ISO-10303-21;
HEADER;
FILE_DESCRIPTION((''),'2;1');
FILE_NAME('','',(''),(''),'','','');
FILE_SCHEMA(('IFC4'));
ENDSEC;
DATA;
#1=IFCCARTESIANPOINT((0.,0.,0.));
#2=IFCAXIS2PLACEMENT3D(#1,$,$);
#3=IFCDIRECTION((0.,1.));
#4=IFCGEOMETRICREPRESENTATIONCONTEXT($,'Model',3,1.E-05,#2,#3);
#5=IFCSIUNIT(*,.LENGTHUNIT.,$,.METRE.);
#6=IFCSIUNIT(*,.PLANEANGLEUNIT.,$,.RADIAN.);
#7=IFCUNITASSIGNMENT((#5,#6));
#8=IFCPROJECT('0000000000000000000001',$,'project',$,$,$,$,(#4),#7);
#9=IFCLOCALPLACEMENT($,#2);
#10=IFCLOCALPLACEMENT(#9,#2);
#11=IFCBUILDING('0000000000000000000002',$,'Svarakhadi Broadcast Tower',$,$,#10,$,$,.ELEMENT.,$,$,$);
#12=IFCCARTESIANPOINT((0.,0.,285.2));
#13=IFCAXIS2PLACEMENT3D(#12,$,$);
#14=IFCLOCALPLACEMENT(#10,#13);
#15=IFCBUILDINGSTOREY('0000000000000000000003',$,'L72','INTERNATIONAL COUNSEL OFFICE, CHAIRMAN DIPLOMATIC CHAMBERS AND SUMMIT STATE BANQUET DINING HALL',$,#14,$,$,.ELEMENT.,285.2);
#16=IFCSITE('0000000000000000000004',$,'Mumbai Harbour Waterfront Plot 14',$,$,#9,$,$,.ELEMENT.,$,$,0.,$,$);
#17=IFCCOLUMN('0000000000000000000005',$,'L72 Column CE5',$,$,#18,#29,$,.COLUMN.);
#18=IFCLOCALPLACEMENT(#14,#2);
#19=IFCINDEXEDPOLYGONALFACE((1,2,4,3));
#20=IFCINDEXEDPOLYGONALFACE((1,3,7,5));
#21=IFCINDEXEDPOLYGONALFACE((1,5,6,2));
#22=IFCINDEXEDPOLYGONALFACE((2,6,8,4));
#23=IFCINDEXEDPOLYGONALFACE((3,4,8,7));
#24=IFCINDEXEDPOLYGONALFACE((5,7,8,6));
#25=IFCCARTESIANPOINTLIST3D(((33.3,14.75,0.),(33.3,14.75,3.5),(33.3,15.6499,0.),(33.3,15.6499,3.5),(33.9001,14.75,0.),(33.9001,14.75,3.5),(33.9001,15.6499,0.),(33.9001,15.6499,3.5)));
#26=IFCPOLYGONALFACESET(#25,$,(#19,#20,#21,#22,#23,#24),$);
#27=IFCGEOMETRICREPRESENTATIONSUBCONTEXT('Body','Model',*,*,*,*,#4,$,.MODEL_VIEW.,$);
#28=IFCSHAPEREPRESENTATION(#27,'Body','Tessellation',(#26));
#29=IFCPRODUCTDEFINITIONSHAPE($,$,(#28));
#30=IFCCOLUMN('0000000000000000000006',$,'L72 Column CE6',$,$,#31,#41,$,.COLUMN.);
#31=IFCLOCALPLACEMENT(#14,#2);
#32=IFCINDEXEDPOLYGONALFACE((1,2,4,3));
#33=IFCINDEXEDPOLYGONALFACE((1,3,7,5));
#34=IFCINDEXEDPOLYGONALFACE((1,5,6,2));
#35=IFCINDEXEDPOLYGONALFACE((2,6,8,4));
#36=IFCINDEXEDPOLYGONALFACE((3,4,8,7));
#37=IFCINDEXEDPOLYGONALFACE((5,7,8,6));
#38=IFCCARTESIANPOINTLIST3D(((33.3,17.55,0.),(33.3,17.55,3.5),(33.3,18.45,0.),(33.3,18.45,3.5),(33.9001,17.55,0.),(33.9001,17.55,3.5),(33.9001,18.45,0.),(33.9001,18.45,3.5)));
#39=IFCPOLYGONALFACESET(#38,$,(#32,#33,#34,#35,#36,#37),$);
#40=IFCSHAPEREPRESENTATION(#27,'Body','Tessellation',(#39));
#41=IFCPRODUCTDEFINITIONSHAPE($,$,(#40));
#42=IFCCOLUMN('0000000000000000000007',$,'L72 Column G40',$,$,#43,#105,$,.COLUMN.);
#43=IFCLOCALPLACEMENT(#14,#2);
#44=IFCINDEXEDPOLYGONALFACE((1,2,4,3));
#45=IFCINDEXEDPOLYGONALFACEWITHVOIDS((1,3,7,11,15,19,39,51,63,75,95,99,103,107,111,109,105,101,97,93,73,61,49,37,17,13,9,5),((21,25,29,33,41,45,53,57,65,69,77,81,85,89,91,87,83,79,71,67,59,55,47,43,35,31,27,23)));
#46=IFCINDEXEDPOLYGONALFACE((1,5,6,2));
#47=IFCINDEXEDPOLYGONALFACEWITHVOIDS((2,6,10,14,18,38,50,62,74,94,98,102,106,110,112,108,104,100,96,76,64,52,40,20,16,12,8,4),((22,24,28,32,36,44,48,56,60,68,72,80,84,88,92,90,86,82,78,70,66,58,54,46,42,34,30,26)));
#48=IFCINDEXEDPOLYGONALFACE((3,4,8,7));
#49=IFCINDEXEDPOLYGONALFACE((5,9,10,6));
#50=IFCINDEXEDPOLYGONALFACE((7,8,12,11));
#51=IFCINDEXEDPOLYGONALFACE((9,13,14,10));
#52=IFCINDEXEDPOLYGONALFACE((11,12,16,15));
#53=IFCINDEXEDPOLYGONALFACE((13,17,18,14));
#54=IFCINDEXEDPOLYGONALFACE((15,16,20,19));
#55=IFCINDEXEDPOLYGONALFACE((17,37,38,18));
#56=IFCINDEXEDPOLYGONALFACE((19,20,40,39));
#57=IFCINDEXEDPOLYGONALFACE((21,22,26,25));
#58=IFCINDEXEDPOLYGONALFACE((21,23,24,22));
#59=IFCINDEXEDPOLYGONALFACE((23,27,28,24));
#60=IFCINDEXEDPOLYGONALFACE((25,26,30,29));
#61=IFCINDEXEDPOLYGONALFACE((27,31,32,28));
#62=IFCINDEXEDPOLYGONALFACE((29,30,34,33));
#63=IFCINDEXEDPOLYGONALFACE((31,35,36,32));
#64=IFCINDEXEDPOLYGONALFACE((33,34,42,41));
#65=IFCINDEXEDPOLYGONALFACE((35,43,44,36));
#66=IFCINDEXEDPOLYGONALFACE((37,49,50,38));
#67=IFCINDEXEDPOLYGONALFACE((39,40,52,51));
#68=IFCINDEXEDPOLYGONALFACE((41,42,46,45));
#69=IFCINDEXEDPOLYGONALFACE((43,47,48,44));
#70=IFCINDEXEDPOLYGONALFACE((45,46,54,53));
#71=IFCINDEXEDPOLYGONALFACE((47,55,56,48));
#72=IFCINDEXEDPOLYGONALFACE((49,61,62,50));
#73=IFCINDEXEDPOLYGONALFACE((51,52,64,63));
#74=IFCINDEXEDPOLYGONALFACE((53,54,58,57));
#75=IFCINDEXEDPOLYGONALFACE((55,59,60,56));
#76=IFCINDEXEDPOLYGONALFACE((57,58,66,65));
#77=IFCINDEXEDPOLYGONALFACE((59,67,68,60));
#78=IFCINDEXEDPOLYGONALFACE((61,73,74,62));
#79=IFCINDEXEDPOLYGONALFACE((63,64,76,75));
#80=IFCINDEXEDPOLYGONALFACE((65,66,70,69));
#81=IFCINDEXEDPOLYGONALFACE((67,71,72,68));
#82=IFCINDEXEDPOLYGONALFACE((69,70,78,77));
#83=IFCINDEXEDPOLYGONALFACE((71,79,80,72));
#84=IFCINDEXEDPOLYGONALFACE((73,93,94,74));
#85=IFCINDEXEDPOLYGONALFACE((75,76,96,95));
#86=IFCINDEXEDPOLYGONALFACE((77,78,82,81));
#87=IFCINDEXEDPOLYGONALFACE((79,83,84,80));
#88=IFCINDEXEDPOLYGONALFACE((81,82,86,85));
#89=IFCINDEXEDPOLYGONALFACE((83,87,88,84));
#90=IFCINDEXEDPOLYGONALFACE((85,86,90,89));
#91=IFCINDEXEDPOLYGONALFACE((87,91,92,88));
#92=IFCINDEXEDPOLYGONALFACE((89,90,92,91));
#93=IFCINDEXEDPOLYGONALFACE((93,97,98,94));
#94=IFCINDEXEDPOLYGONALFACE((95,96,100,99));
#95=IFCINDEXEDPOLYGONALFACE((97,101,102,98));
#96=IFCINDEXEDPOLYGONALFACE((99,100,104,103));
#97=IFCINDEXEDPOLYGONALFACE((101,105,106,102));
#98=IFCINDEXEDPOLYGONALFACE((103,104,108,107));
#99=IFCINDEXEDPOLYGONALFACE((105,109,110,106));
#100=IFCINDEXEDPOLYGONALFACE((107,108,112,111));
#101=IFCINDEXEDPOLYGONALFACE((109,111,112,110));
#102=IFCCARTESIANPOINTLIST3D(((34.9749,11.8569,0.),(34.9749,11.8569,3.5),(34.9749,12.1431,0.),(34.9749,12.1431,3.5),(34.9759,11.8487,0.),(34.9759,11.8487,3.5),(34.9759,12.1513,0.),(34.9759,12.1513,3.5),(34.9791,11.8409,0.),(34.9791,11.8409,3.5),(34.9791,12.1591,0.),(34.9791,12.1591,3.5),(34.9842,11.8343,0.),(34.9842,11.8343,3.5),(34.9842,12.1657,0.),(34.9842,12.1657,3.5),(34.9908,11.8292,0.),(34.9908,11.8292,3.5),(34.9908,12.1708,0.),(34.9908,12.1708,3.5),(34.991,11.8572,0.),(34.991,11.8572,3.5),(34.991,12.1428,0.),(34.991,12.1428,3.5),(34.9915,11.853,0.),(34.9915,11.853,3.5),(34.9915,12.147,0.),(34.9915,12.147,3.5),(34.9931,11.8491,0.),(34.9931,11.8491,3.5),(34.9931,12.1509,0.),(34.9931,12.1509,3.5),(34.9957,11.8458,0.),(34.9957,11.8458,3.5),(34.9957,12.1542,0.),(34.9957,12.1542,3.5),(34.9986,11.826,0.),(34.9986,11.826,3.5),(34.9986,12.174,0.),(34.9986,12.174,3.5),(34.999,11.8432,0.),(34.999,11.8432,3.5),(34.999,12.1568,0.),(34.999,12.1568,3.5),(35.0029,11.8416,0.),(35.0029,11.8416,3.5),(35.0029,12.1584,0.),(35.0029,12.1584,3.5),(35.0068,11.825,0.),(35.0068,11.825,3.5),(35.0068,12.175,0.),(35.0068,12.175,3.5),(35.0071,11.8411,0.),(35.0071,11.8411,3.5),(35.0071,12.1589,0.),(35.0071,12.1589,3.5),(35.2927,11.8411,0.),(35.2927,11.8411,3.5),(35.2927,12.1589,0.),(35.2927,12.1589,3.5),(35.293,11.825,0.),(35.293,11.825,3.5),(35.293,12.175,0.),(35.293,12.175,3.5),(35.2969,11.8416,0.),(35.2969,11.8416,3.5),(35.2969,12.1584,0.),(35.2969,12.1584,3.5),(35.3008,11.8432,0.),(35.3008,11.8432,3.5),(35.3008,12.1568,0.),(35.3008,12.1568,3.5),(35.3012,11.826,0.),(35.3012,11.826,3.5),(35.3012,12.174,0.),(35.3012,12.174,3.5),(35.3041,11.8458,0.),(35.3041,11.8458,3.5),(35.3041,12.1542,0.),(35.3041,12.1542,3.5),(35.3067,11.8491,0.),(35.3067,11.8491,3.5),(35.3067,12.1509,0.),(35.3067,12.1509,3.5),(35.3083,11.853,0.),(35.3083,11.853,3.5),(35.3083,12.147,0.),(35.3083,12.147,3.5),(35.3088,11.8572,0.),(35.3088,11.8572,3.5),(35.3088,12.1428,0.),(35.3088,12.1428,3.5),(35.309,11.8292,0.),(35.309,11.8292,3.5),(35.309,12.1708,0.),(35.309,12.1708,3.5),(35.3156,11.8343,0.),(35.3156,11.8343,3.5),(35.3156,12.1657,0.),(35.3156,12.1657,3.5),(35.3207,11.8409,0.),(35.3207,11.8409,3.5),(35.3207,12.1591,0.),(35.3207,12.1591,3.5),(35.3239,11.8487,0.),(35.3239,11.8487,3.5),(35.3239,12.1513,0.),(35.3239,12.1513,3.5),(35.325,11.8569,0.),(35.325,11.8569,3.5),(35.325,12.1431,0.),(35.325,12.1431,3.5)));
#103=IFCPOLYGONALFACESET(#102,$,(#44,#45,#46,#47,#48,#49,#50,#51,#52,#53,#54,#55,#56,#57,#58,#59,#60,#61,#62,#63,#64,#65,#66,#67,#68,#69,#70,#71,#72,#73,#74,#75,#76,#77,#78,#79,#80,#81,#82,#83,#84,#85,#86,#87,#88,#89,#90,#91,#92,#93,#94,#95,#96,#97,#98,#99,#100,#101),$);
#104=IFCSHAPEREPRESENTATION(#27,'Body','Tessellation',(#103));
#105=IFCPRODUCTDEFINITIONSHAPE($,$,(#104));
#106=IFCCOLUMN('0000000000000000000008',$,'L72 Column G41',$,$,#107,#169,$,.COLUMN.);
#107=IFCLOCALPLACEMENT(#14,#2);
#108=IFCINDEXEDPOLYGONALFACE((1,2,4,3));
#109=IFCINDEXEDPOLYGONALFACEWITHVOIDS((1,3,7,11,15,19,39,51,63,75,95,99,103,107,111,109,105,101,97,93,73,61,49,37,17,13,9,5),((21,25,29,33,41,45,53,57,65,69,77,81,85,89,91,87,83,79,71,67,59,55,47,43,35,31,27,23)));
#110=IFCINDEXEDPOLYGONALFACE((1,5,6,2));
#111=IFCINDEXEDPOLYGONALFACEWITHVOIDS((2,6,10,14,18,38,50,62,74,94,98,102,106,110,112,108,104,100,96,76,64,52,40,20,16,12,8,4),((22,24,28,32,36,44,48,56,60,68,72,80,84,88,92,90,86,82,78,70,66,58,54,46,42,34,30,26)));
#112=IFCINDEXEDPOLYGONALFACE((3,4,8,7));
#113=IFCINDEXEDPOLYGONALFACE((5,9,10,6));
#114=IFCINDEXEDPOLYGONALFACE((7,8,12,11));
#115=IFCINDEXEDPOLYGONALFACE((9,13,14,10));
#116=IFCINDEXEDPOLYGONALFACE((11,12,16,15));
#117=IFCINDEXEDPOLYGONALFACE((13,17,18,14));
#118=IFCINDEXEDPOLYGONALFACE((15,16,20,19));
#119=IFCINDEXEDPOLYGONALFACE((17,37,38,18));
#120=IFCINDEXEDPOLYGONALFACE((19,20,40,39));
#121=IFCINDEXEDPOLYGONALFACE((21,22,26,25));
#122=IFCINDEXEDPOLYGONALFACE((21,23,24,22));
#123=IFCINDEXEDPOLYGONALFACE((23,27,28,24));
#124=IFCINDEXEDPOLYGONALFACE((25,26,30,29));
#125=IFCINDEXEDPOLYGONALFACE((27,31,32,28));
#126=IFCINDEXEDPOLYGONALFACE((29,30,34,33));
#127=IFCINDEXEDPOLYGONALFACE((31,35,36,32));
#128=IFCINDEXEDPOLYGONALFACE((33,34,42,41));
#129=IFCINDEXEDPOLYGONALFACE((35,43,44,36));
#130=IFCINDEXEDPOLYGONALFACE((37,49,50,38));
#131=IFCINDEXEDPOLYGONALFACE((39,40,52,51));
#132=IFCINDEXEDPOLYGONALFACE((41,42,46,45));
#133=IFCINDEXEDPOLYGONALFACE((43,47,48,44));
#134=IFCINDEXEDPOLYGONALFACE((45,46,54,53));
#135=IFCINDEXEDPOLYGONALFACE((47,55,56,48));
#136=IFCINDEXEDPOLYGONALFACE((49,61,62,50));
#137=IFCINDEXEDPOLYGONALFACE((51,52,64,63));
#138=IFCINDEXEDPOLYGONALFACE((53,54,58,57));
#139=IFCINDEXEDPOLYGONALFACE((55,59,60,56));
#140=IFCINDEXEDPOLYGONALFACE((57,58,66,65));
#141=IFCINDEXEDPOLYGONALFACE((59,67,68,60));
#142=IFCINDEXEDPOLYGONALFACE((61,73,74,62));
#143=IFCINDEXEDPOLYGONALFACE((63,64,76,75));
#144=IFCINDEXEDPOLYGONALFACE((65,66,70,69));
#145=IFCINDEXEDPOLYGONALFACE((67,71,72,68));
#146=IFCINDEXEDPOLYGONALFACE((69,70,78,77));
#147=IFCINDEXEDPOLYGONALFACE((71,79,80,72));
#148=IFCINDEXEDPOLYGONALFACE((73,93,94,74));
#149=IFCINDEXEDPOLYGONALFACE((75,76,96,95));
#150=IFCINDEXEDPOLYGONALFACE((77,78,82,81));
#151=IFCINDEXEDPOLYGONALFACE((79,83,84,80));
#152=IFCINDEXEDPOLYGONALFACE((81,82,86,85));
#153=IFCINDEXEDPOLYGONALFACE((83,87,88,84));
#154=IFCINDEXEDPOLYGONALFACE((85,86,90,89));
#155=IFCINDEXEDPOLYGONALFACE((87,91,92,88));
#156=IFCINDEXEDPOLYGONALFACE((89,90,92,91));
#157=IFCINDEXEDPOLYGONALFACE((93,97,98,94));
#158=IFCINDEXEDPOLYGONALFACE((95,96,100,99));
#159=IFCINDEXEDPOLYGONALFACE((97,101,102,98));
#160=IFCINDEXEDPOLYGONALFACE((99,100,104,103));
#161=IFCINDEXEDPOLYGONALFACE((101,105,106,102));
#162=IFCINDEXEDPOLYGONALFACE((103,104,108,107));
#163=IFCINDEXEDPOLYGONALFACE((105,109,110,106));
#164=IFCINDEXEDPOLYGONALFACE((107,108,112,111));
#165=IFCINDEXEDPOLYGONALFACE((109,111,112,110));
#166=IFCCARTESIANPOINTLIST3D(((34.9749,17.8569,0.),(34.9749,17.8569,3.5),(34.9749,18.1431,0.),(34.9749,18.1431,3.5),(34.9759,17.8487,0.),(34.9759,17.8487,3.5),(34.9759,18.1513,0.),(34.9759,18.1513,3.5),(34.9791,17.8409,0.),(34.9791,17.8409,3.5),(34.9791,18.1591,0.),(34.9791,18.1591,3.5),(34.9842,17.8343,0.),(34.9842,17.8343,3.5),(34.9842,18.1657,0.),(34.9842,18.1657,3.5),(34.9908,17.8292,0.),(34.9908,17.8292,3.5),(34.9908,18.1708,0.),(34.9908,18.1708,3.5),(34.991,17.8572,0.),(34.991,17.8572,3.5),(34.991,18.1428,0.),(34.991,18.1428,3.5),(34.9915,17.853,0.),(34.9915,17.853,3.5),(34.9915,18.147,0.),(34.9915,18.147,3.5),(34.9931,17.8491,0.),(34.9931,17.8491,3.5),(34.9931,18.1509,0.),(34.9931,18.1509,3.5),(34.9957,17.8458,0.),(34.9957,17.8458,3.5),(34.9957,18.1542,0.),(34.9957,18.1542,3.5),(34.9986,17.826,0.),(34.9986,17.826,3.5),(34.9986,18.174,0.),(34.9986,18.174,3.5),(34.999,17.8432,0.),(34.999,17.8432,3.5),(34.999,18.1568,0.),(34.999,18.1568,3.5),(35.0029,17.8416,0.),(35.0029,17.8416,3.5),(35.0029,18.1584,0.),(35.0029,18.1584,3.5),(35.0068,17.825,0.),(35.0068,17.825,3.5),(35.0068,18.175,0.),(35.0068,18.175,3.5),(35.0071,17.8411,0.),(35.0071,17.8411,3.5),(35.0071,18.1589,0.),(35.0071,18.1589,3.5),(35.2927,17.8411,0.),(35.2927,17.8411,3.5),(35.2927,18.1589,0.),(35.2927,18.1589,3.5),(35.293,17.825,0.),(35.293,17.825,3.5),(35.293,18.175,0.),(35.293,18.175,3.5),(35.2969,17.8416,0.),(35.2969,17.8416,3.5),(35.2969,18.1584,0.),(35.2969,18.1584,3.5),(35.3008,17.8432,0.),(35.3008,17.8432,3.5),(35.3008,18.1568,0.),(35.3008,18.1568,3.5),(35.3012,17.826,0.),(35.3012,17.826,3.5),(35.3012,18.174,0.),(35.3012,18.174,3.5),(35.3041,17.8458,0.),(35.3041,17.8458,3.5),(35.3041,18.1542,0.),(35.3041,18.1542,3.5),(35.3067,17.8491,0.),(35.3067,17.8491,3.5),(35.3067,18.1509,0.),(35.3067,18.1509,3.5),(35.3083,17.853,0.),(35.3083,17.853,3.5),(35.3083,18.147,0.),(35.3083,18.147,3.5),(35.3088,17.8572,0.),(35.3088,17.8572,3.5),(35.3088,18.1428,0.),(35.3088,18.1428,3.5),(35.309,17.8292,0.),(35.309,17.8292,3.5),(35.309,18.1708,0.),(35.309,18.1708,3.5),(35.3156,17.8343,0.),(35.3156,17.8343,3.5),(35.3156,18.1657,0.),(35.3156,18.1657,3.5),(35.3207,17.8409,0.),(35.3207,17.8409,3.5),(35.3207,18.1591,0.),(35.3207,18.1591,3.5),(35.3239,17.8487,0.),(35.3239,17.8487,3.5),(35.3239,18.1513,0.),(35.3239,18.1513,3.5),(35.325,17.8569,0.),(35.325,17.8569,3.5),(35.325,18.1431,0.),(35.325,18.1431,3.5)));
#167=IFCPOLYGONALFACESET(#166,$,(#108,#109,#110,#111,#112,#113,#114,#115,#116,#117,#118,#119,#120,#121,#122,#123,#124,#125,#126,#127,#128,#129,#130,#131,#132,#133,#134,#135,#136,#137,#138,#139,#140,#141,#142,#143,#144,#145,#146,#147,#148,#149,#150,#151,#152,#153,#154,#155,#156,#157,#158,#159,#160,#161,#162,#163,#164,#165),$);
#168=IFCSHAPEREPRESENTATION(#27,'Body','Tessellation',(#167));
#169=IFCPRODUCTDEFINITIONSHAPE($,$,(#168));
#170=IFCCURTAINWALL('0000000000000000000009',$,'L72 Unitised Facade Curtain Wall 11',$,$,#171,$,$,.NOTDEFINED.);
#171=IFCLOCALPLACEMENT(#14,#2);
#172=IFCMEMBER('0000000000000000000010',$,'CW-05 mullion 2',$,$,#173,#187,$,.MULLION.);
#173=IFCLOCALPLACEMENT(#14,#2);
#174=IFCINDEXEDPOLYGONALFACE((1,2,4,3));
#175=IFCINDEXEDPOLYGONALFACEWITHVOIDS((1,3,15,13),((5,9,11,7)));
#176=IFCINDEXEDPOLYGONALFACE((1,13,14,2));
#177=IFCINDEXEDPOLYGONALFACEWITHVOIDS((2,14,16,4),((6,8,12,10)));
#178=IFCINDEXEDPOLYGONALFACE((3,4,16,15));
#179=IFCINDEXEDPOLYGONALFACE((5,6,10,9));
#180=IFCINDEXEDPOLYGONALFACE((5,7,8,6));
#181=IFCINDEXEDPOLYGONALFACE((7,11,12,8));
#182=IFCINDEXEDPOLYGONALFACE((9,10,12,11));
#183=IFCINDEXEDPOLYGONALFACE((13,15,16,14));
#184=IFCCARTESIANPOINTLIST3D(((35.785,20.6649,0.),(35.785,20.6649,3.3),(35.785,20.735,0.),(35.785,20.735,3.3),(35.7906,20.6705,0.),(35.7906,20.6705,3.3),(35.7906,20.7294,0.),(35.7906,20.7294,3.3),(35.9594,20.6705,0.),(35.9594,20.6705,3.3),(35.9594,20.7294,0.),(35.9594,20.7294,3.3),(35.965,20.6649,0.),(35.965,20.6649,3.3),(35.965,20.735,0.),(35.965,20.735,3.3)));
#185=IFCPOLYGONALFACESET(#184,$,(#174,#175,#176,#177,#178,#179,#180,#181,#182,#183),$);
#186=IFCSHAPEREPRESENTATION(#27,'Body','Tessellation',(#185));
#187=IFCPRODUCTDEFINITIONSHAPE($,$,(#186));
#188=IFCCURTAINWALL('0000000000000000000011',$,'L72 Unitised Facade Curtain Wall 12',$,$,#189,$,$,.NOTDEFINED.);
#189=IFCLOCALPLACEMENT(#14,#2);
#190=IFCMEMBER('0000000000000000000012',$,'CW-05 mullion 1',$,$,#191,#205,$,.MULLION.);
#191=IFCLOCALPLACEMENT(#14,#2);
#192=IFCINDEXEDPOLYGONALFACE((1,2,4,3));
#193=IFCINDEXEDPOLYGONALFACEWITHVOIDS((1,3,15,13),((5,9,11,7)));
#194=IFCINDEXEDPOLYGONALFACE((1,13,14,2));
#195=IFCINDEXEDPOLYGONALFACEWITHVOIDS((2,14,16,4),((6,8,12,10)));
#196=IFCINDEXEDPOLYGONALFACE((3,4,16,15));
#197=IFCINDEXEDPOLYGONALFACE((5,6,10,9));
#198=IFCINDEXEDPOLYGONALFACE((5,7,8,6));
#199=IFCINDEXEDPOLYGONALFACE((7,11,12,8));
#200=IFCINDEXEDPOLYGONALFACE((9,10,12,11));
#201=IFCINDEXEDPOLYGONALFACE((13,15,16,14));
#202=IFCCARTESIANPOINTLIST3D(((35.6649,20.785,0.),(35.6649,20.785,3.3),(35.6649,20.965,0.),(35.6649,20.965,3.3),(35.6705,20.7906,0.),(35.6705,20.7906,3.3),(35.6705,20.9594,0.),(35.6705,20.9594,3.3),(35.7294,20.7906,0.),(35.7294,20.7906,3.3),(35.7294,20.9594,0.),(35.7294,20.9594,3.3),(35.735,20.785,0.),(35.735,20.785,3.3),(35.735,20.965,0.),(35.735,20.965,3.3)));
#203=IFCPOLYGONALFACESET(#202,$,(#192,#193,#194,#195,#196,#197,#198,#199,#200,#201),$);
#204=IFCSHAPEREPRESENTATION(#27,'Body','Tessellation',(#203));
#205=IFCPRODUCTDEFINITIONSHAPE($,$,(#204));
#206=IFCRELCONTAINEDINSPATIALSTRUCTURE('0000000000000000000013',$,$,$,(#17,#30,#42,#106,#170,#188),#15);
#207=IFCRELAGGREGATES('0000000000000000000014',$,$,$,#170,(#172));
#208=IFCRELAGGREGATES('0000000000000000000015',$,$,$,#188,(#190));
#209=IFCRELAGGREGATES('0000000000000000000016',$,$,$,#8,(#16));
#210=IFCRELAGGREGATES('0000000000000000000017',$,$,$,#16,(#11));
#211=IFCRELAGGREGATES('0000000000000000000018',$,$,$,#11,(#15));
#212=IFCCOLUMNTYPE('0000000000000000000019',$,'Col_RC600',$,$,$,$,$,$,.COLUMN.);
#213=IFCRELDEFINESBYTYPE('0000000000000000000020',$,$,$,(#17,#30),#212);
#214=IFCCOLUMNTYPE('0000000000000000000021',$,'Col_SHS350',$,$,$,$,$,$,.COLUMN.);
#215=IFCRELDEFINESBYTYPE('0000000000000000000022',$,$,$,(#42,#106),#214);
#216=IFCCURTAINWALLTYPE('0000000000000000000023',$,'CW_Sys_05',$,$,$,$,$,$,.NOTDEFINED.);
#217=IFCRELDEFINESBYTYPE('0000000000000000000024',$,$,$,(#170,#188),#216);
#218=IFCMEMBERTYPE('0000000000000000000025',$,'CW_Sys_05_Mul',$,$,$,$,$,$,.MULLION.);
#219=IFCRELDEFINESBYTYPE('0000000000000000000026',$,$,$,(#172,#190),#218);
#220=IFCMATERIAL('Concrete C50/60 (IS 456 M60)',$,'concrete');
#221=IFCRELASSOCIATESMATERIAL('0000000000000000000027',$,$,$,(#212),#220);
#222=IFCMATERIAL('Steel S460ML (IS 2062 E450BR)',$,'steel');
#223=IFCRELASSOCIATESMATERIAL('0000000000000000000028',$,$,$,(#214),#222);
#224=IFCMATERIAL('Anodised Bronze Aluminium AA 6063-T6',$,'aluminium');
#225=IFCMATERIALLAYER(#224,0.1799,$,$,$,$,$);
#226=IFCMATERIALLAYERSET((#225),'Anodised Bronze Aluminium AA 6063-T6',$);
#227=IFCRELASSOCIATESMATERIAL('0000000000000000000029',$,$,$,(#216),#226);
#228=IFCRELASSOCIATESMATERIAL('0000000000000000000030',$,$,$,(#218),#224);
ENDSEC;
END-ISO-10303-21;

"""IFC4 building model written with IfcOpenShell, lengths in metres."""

from ifc_helpers import new_model, si_unit, direction, frame, origin, origin_2d, place, context, subcontext, project, spatial, rectangle, hollow_rectangle, extrude, material, layer, layer_set, material_profile, profile_set, type_object, element, aggregate, save


model = new_model("IFC4")

# Units and contexts
model_context = context("Model", 3, precision=1e-05, world=origin(), true_north=direction((0.0, 1.0)))
body_context = subcontext(model_context, "Body", "Model", "MODEL_VIEW")
ifc_project = project(units=[si_unit("LENGTHUNIT", "METRE"), si_unit("PLANEANGLEUNIT", "RADIAN")], contexts=[model_context])

# Site, building, storey
site_placement = place(None, origin())
site = spatial("IfcSite", under=ifc_project, at=site_placement, Name="Mumbai Harbour Waterfront Plot 14", CompositionType="ELEMENT", RefElevation=0.0)
building_placement = place(site_placement, origin())
building = spatial("IfcBuilding", under=site, at=building_placement, Name="Svarakhadi Broadcast Tower", CompositionType="ELEMENT")
storey_placement = place(building_placement, frame((0.0, 0.0, 285.2)))
storey = spatial("IfcBuildingStorey", under=building, at=storey_placement, Name="L72", Description="INTERNATIONAL COUNSEL OFFICE, CHAIRMAN DIPLOMATIC CHAMBERS AND SUMMIT STATE BANQUET DINING HALL", CompositionType="ELEMENT", Elevation=285.2)

# Columns
ifc_material_1 = material(Name="Concrete C50/60 (IS 456 M60)", Category="concrete")
ifc_material_profile_1 = material_profile(ifc_material_1, rectangle(XDim=0.6001, YDim=0.8999, at=origin_2d()), Name="RC 600x900")
ifc_profile_set_1 = profile_set([ifc_material_profile_1], Name="Concrete C50/60 (IS 456 M60)")
column_type_1 = type_object("IfcColumnType", Name="Col_RC600", PredefinedType="COLUMN", material=ifc_profile_set_1)
for number, where, z_axis, x_axis, name in (
    (1, (33.6001, 15.2, 0.0), (0.0, 0.0, 1.0), (1.0, 0.0, 0.0), "L72 Column CE5"),
    (2, (33.6001, 18.0, 0.0), (0.0, 0.0, 1.0), (1.0, 0.0, 0.0), "L72 Column CE6"),
):
    element("IfcColumn", number, at=place(storey_placement, frame(where, z_axis=z_axis, x_axis=x_axis)), inside=storey, type_object=column_type_1, Name=name, PredefinedType="COLUMN", context=body_context, shape_type="SweptSolid", body=[
        extrude(rectangle(XDim=0.6001, YDim=0.8999, at=origin_2d()), origin(), (0.0, 0.0, 1.0), 3.5),
    ])
ifc_material_2 = material(Name="Steel S460ML (IS 2062 E450BR)", Category="steel")
ifc_material_profile_2 = material_profile(ifc_material_2, hollow_rectangle(XDim=0.3501, YDim=0.3501, WallThickness=0.0161, InnerFilletRadius=0.0161, OuterFilletRadius=0.032, at=origin_2d()), Name="SHS 350x350x16")
ifc_profile_set_2 = profile_set([ifc_material_profile_2], Name="Steel S460ML (IS 2062 E450BR)")
column_type_2 = type_object("IfcColumnType", Name="Col_SHS350", PredefinedType="COLUMN", material=ifc_profile_set_2)
for number, where, z_axis, x_axis, name in (
    (3, (35.1499, 12.0, 0.0), (0.0, 0.0, 1.0), (1.0, 0.0, 0.0), "L72 Column G40"),
    (4, (35.1499, 18.0, 0.0), (0.0, 0.0, 1.0), (1.0, 0.0, 0.0), "L72 Column G41"),
):
    element("IfcColumn", number, at=place(storey_placement, frame(where, z_axis=z_axis, x_axis=x_axis)), inside=storey, type_object=column_type_2, Name=name, PredefinedType="COLUMN", context=body_context, shape_type="SweptSolid", body=[
        extrude(hollow_rectangle(XDim=0.3501, YDim=0.3501, WallThickness=0.0161, InnerFilletRadius=0.0161, OuterFilletRadius=0.032, at=origin_2d()), origin(), (0.0, 0.0, 1.0), 3.5),
    ])

# Curtain wall, member
ifc_material_3 = material(Name="Anodised Bronze Aluminium AA 6063-T6", Category="aluminium")
ifc_layer_1 = layer(ifc_material_3, 0.1799)
ifc_layer_set_1 = layer_set([ifc_layer_1], Name="Anodised Bronze Aluminium AA 6063-T6")
curtain_wall_type = type_object("IfcCurtainWallType", Name="CW_Sys_05", PredefinedType="NOTDEFINED", material=ifc_layer_set_1)
curtain_wall_1_placement = place(storey_placement, origin())
curtain_wall_1 = element("IfcCurtainWall", 5, at=curtain_wall_1_placement, inside=storey, type_object=curtain_wall_type, Name="L72 Unitised Facade Curtain Wall 11", PredefinedType="NOTDEFINED")
ifc_material_profile_3 = material_profile(ifc_material_3, hollow_rectangle(XDim=0.0701, YDim=0.1799, WallThickness=0.0056, at=origin_2d()), Name="ALU MULLION 180x70x6")
ifc_profile_set_3 = profile_set([ifc_material_profile_3], Name="Anodised Bronze Aluminium AA 6063-T6")
member_type_1 = type_object("IfcMemberType", Name="CW_Sys_05_Mul", PredefinedType="MULLION", material=ifc_profile_set_3)
member_1_placement = place(storey_placement, frame((35.875, 20.7, 0.0), z_axis=(0.0, 0.0, 1.0), x_axis=(0.0, 1.0, 0.0)))
member_1 = element("IfcMember", 6, at=member_1_placement, type_object=member_type_1, Name="CW-05 mullion 2", PredefinedType="MULLION", context=body_context, shape_type="SweptSolid", body=[
    extrude(hollow_rectangle(XDim=0.0701, YDim=0.1799, WallThickness=0.0056, at=origin_2d()), origin(), (0.0, 0.0, 1.0), 3.3),
])

# Curtain wall, member
curtain_wall_2_placement = place(storey_placement, origin())
curtain_wall_2 = element("IfcCurtainWall", 7, at=curtain_wall_2_placement, inside=storey, type_object=curtain_wall_type, Name="L72 Unitised Facade Curtain Wall 12", PredefinedType="NOTDEFINED")
member_2_placement = place(storey_placement, frame((35.7, 20.875, 0.0), z_axis=(0.0, 0.0, 1.0), x_axis=(1.0, 0.0, 0.0)))
member_2 = element("IfcMember", 8, at=member_2_placement, type_object=member_type_1, Name="CW-05 mullion 1", PredefinedType="MULLION", context=body_context, shape_type="SweptSolid", body=[
    extrude(hollow_rectangle(XDim=0.0701, YDim=0.1799, WallThickness=0.0056, at=origin_2d()), origin(), (0.0, 0.0, 1.0), 3.3),
])

aggregate(curtain_wall_1, [member_1])
aggregate(curtain_wall_2, [member_2])

save(model, "model.ifc")
